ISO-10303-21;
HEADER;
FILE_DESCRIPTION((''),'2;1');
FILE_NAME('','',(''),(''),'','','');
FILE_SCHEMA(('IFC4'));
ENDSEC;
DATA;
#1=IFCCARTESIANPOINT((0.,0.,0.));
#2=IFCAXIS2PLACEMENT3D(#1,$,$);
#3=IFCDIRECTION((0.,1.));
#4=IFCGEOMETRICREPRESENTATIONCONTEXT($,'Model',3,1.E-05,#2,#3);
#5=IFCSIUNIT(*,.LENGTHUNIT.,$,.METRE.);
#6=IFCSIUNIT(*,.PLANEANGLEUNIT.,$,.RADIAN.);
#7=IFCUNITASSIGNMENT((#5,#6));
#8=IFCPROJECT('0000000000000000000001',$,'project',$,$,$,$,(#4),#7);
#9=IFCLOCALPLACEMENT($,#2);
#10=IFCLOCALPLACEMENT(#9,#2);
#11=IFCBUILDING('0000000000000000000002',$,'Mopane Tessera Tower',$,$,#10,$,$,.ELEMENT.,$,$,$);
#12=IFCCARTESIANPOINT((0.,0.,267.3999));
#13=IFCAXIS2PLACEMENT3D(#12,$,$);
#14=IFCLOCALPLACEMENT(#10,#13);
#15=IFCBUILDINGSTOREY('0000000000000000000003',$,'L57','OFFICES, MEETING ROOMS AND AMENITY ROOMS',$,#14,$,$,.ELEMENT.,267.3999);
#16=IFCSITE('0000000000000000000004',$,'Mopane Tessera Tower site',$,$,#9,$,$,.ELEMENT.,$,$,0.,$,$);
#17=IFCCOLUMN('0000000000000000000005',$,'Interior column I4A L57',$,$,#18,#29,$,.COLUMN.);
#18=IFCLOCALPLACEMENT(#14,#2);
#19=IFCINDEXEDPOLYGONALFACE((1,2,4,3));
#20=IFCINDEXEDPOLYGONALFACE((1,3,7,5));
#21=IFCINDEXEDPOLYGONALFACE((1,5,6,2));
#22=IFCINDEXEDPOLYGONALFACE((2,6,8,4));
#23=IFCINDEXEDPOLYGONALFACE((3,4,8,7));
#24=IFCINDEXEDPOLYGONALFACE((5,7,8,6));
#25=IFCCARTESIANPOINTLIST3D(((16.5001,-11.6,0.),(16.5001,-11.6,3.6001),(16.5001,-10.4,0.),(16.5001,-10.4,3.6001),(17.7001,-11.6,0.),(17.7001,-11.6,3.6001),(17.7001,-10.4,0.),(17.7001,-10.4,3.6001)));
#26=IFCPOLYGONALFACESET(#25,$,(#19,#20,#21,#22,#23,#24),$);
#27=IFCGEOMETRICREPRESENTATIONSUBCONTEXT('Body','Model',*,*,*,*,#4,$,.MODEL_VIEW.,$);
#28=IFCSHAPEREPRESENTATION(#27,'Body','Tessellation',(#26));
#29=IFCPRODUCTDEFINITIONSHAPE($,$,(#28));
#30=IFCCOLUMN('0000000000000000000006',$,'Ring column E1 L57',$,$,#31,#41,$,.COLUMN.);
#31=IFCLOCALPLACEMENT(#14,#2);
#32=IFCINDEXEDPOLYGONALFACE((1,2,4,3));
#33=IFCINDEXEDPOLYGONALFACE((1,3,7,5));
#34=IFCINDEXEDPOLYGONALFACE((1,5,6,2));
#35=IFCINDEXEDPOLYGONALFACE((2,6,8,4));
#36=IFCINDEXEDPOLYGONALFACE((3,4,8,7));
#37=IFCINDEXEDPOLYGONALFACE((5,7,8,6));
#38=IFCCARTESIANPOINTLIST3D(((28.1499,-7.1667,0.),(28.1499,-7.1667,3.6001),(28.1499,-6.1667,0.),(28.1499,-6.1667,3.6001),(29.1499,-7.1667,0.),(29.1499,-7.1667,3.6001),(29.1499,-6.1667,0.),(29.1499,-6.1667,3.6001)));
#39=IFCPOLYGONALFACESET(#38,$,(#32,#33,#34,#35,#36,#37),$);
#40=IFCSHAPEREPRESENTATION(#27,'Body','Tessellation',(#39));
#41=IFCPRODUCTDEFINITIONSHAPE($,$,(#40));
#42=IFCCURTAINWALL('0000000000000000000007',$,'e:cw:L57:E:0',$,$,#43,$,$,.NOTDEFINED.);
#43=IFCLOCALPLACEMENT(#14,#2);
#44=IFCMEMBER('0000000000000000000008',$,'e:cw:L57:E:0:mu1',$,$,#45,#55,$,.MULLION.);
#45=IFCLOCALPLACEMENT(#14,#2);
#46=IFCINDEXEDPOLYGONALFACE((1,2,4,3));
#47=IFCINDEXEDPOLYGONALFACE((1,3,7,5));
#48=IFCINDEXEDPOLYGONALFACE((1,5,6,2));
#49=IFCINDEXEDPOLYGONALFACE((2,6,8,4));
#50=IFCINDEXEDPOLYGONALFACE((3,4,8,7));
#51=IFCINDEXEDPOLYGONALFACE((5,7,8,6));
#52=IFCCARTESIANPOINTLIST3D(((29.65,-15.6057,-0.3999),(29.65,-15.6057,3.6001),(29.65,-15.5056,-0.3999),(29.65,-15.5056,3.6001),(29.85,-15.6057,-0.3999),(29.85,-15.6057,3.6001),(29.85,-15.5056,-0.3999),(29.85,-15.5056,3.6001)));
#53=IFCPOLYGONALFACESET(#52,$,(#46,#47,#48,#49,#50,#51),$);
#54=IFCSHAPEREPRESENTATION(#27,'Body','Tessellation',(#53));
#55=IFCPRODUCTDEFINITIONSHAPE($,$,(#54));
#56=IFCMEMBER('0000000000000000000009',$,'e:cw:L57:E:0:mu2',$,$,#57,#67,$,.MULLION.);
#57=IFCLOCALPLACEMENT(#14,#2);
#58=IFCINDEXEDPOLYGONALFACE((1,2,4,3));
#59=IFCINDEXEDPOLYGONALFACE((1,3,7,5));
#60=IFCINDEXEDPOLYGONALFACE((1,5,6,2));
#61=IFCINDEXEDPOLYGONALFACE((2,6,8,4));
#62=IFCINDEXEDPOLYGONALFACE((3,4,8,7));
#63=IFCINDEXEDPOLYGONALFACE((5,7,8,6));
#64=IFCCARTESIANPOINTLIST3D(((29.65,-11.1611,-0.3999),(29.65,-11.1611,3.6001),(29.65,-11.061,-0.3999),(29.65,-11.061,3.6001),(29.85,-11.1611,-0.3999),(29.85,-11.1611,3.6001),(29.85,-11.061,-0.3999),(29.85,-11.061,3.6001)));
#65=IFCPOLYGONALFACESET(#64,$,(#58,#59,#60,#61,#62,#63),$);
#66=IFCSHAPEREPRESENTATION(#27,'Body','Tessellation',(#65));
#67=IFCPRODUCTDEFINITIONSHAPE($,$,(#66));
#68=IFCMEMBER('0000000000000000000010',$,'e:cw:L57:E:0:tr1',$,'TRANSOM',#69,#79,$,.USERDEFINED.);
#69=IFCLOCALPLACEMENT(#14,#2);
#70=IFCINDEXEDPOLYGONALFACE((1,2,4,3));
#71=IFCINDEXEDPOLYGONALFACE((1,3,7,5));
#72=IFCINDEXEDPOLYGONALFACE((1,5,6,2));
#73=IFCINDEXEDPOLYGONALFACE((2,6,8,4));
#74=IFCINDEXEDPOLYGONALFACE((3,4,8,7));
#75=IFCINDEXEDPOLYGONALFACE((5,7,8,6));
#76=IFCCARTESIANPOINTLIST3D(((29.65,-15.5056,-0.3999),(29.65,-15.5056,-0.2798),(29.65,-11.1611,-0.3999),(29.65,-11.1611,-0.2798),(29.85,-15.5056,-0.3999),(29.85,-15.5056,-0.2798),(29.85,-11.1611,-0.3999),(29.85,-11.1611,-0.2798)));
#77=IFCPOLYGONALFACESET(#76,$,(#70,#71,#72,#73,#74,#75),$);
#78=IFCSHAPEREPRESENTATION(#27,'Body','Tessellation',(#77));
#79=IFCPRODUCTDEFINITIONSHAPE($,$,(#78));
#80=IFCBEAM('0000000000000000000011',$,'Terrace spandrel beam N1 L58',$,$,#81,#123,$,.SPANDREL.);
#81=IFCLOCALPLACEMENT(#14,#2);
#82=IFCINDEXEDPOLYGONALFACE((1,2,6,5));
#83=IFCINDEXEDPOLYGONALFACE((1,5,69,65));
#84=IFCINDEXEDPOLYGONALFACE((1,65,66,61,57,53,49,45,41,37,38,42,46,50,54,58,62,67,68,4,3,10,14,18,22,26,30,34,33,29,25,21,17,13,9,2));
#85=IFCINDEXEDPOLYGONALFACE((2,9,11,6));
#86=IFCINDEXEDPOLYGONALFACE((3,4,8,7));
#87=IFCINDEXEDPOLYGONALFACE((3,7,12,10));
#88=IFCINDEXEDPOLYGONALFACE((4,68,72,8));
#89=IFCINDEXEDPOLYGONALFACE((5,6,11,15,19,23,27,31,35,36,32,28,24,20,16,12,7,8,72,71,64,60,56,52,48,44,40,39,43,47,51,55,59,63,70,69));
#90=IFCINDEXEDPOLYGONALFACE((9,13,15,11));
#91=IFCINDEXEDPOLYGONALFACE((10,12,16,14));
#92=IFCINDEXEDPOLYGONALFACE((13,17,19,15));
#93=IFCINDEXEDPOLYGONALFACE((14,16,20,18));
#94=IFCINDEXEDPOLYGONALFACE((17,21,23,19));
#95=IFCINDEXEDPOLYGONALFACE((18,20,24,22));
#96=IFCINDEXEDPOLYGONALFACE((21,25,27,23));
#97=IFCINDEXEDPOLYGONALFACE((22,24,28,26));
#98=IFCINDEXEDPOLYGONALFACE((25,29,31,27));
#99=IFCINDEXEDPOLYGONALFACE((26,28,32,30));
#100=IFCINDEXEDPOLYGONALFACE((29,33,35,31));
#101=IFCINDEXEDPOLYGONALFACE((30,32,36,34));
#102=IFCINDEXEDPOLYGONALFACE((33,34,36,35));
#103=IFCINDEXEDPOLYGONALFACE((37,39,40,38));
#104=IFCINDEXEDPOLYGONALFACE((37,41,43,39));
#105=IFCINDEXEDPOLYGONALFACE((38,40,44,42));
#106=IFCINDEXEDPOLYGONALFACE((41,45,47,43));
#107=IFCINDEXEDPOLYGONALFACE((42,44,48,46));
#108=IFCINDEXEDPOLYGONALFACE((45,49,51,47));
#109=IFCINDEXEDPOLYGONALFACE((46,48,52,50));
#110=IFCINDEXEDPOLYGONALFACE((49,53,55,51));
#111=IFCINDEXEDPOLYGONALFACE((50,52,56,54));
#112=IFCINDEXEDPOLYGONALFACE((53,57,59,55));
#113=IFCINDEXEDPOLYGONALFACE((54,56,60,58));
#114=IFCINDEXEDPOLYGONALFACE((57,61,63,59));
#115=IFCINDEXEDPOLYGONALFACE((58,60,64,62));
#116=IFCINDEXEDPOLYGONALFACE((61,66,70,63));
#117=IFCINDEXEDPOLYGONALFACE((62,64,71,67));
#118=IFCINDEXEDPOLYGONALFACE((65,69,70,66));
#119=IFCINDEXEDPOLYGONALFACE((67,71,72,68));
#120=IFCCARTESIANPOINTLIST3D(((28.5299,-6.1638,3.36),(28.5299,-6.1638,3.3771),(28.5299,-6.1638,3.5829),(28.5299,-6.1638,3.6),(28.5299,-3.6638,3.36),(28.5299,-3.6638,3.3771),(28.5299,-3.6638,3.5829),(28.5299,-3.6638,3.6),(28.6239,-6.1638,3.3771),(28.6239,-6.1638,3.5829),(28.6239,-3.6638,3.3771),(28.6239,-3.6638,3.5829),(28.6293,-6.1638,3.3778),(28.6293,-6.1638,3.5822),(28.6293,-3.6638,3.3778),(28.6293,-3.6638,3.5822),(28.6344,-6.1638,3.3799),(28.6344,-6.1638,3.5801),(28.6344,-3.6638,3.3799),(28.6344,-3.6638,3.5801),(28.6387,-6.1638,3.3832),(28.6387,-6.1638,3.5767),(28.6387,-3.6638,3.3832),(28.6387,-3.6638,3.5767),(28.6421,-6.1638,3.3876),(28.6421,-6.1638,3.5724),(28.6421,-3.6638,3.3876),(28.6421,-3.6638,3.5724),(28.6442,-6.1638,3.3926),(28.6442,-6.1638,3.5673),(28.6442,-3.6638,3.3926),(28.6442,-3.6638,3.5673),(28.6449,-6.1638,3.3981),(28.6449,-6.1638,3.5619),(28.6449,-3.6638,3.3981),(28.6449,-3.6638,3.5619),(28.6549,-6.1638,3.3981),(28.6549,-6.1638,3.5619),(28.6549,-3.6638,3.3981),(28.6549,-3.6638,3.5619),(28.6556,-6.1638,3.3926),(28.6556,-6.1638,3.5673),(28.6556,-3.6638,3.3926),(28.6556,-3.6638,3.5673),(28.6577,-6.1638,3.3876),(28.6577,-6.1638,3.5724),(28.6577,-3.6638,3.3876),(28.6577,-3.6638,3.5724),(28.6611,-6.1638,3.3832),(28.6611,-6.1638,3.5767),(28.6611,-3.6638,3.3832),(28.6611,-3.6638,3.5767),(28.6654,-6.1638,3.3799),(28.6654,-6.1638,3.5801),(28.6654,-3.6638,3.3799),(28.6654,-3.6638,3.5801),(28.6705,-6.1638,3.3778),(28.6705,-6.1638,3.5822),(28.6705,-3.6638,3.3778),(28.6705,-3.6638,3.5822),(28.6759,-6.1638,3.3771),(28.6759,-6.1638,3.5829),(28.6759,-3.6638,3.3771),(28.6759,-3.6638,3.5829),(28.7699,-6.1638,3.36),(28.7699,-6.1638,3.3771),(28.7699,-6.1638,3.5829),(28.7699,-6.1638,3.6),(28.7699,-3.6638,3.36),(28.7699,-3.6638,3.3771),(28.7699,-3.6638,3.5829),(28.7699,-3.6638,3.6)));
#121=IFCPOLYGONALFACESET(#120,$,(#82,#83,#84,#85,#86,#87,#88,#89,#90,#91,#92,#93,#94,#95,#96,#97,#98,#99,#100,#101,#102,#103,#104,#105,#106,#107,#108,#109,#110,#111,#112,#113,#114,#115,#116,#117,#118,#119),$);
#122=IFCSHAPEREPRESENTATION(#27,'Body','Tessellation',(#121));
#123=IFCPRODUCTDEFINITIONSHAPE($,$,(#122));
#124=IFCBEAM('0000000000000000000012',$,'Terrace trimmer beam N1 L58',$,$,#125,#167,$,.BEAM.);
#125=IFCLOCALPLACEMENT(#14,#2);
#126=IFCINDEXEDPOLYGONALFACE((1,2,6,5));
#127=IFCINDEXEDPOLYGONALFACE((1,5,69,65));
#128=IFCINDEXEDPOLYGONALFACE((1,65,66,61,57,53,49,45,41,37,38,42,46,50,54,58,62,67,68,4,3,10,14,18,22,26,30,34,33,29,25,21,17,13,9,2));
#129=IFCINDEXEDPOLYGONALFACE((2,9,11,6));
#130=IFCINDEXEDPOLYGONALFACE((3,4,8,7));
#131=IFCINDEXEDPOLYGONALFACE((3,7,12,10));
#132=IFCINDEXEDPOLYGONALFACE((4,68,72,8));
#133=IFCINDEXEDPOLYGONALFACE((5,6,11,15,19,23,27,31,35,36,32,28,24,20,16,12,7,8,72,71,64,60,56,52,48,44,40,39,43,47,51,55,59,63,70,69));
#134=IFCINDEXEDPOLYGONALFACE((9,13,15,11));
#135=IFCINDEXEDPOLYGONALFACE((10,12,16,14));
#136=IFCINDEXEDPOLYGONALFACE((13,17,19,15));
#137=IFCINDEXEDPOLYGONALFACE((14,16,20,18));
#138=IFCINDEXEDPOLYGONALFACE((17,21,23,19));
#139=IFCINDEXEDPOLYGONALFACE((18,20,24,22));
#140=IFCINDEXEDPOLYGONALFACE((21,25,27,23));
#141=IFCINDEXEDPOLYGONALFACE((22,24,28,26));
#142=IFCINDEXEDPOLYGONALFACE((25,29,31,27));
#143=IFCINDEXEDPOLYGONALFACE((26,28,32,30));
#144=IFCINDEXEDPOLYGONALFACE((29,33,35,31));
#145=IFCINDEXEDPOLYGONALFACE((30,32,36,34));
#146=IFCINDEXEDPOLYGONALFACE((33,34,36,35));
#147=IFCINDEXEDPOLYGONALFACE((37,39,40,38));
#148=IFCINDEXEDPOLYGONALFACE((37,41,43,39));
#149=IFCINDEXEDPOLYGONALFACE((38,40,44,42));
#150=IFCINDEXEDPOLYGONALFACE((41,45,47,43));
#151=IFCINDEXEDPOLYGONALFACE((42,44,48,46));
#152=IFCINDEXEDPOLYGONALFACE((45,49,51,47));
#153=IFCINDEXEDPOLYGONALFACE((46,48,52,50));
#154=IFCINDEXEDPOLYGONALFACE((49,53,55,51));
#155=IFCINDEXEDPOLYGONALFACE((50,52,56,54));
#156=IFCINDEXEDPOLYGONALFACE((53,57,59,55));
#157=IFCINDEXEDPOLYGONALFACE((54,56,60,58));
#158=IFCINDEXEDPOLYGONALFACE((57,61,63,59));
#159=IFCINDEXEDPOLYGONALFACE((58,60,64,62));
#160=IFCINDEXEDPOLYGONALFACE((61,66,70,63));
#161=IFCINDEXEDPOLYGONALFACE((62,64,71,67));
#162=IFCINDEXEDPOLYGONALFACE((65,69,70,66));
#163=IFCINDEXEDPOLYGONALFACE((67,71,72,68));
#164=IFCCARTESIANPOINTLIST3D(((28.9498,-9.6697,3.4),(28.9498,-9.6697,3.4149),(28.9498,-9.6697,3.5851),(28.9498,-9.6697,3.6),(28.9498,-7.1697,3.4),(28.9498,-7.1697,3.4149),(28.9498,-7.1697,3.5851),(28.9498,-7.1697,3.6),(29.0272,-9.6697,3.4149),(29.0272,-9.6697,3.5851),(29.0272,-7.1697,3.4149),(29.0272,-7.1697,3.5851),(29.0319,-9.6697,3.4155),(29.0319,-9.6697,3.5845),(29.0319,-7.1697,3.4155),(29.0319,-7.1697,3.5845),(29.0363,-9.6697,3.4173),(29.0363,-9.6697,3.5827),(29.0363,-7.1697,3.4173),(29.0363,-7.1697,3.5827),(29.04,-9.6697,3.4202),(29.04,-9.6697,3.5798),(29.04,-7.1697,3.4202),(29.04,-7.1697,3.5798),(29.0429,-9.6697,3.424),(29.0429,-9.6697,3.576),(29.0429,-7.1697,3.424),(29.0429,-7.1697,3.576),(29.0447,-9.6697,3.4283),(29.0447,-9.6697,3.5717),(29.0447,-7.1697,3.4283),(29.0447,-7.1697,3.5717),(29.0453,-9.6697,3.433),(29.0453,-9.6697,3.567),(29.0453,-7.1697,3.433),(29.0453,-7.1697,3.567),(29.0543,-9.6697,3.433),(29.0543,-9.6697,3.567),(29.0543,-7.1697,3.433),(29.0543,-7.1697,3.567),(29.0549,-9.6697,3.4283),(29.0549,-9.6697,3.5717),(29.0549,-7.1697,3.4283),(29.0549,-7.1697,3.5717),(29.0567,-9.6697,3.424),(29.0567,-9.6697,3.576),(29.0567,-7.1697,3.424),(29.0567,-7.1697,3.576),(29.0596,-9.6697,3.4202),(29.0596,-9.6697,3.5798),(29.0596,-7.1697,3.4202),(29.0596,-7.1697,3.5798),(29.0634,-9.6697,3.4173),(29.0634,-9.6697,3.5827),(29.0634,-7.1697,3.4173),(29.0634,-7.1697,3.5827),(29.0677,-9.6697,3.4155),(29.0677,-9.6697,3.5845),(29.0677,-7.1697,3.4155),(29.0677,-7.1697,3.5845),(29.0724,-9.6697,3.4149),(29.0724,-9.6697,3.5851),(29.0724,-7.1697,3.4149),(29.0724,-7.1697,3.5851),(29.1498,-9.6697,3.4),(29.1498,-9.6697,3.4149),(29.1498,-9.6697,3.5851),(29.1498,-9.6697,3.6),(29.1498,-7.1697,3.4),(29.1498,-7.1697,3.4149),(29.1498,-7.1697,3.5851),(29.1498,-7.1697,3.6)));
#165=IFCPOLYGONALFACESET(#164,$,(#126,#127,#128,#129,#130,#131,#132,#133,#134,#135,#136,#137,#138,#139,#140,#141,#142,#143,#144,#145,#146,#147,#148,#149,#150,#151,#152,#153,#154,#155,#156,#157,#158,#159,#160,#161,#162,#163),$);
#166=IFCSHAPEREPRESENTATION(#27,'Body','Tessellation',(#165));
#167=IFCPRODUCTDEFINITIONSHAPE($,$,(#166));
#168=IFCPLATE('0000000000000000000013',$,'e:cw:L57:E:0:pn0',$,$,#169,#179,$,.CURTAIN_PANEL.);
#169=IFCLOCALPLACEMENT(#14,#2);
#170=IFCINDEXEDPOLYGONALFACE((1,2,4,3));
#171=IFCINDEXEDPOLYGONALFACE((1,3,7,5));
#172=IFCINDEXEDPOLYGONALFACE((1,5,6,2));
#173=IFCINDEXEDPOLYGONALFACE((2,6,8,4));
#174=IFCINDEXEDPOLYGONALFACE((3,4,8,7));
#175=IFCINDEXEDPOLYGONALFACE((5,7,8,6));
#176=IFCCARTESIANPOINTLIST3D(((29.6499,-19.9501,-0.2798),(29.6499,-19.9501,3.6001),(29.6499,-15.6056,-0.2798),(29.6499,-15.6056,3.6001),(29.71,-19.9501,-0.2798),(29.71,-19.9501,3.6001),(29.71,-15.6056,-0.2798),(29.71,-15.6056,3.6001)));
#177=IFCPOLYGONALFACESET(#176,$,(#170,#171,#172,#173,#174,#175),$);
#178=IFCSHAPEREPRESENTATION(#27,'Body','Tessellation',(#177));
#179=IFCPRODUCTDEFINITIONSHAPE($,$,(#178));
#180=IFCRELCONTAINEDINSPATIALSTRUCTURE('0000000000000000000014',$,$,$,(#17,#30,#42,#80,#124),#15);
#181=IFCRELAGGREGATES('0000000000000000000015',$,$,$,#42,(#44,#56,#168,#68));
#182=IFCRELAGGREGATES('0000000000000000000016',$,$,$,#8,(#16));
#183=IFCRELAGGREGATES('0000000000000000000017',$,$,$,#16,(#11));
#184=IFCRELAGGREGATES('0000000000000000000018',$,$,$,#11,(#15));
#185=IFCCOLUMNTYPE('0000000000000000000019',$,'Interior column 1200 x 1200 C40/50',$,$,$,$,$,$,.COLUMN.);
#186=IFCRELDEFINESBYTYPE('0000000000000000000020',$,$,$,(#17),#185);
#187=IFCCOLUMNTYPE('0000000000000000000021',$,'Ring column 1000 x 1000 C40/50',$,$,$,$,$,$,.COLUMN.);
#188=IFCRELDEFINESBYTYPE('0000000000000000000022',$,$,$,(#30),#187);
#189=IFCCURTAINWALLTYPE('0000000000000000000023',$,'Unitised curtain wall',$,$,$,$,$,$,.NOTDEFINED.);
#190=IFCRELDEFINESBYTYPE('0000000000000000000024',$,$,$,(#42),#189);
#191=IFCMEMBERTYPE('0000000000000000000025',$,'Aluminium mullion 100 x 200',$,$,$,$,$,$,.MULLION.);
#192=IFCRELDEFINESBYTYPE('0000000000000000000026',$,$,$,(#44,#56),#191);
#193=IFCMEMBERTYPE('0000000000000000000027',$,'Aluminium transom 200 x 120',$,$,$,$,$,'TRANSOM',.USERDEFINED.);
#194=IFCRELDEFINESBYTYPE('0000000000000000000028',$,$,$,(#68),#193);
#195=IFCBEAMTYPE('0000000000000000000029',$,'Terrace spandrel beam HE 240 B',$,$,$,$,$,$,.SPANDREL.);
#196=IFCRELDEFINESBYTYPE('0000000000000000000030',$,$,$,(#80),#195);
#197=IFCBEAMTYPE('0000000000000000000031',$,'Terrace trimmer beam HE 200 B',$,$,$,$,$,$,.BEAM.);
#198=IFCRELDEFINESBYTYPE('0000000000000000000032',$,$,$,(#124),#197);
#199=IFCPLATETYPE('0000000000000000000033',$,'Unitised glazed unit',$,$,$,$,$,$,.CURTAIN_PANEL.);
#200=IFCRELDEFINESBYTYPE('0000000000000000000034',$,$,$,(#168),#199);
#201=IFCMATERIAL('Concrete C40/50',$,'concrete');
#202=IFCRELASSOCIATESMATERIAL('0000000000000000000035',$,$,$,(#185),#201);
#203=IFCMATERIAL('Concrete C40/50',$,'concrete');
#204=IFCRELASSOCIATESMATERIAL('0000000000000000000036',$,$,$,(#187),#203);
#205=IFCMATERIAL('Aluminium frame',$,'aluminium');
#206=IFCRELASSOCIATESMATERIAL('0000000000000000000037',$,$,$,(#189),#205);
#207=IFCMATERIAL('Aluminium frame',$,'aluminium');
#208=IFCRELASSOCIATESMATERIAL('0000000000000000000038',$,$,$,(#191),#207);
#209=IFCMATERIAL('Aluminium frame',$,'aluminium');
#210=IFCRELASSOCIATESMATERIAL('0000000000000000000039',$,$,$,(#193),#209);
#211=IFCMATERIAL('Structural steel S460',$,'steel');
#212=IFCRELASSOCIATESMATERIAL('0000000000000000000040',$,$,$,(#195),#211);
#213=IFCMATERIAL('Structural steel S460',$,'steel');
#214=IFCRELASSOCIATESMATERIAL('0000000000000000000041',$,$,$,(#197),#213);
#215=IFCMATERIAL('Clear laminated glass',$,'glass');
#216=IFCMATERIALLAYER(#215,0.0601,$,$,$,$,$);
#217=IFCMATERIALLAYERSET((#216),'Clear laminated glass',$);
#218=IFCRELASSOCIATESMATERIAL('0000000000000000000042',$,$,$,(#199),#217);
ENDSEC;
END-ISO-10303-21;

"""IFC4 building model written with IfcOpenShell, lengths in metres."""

from ifc_helpers import new_model, si_unit, direction, frame, origin, origin_2d, place, context, subcontext, project, spatial, rectangle, i_section, extrude, material, layer, layer_set, material_profile, profile_set, type_object, element, aggregate, save


model = new_model("IFC4")

# Units and contexts
model_context = context("Model", 3, precision=1e-05, world=origin(), true_north=direction((0.0, 1.0)))
body_context = subcontext(model_context, "Body", "Model", "MODEL_VIEW")
ifc_project = project(units=[si_unit("LENGTHUNIT", "METRE"), si_unit("PLANEANGLEUNIT", "RADIAN")], contexts=[model_context])

# Site, building, storey
site_placement = place(None, origin())
site = spatial("IfcSite", under=ifc_project, at=site_placement, Name="Mopane Tessera Tower site", CompositionType="ELEMENT", RefElevation=0.0)
building_placement = place(site_placement, origin())
building = spatial("IfcBuilding", under=site, at=building_placement, Name="Mopane Tessera Tower", CompositionType="ELEMENT")
storey_placement = place(building_placement, frame((0.0, 0.0, 267.3999)))
storey = spatial("IfcBuildingStorey", under=building, at=storey_placement, Name="L57", Description="OFFICES, MEETING ROOMS AND AMENITY ROOMS", CompositionType="ELEMENT", Elevation=267.3999)

# Columns
ifc_material_1 = material(Name="Concrete C40/50", Category="concrete")
ifc_material_profile_1 = material_profile(ifc_material_1, rectangle(XDim=1.2, YDim=1.2, at=origin_2d()))
ifc_profile_set_1 = profile_set([ifc_material_profile_1], Name="Concrete C40/50")
column_type_1 = type_object("IfcColumnType", Name="Interior column 1200 x 1200 C40/50", PredefinedType="COLUMN", material=ifc_profile_set_1)
column_1_placement = place(storey_placement, frame((17.1001, -11.0, 0.0), z_axis=(0.0, 0.0, 1.0), x_axis=(1.0, 0.0, 0.0)))
element("IfcColumn", 1, at=column_1_placement, inside=storey, type_object=column_type_1, Name="Interior column I4A L57", PredefinedType="COLUMN", context=body_context, shape_type="SweptSolid", body=[
    extrude(rectangle(XDim=1.2, YDim=1.2, at=origin_2d()), origin(), (0.0, 0.0, 1.0), 3.6001),
])
ifc_material_2 = material(Name="Concrete C40/50", Category="concrete")
ifc_material_profile_2 = material_profile(ifc_material_2, rectangle(XDim=1.0, YDim=1.0, at=origin_2d()))
ifc_profile_set_2 = profile_set([ifc_material_profile_2], Name="Concrete C40/50")
column_type_2 = type_object("IfcColumnType", Name="Ring column 1000 x 1000 C40/50", PredefinedType="COLUMN", material=ifc_profile_set_2)
column_2_placement = place(storey_placement, frame((28.6499, -6.6667, 0.0), z_axis=(0.0, 0.0, 1.0), x_axis=(1.0, 0.0, 0.0)))
element("IfcColumn", 2, at=column_2_placement, inside=storey, type_object=column_type_2, Name="Ring column E1 L57", PredefinedType="COLUMN", context=body_context, shape_type="SweptSolid", body=[
    extrude(rectangle(XDim=1.0, YDim=1.0, at=origin_2d()), origin(), (0.0, 0.0, 1.0), 3.6001),
])

# Curtain wall, members
ifc_material_3 = material(Name="Aluminium frame", Category="aluminium")
curtain_wall_type = type_object("IfcCurtainWallType", Name="Unitised curtain wall", PredefinedType="NOTDEFINED", material=ifc_material_3)
curtain_wall_placement = place(storey_placement, origin())
curtain_wall = element("IfcCurtainWall", 3, at=curtain_wall_placement, inside=storey, type_object=curtain_wall_type, Name="e:cw:L57:E:0", PredefinedType="NOTDEFINED")
ifc_material_4 = material(Name="Aluminium frame", Category="aluminium")
ifc_material_profile_3 = material_profile(ifc_material_4, rectangle(XDim=0.1001, YDim=0.2, at=origin_2d()))
ifc_profile_set_3 = profile_set([ifc_material_profile_3], Name="Aluminium frame")
member_type_1 = type_object("IfcMemberType", Name="Aluminium mullion 100 x 200", PredefinedType="MULLION", material=ifc_profile_set_3)
member_1_placement = place(storey_placement, frame((29.75, -15.5557, -0.3999), z_axis=(0.0, 0.0, 1.0), x_axis=(0.0, 1.0, 0.0)))
member_1 = element("IfcMember", 4, at=member_1_placement, type_object=member_type_1, Name="e:cw:L57:E:0:mu1", PredefinedType="MULLION", context=body_context, shape_type="SweptSolid", body=[
    extrude(rectangle(XDim=0.1001, YDim=0.2, at=origin_2d()), origin(), (0.0, 0.0, 1.0), 4.0),
])
member_2_placement = place(storey_placement, frame((29.75, -11.1111, -0.3999), z_axis=(0.0, 0.0, 1.0), x_axis=(0.0, 1.0, 0.0)))
member_2 = element("IfcMember", 5, at=member_2_placement, type_object=member_type_1, Name="e:cw:L57:E:0:mu2", PredefinedType="MULLION", context=body_context, shape_type="SweptSolid", body=[
    extrude(rectangle(XDim=0.1001, YDim=0.2, at=origin_2d()), origin(), (0.0, 0.0, 1.0), 4.0),
])
ifc_material_5 = material(Name="Aluminium frame", Category="aluminium")
ifc_material_profile_4 = material_profile(ifc_material_5, rectangle(XDim=0.2, YDim=0.1201, at=origin_2d()))
ifc_profile_set_4 = profile_set([ifc_material_profile_4], Name="Aluminium frame")
member_type_2 = type_object("IfcMemberType", Name="Aluminium transom 200 x 120", ElementType="TRANSOM", PredefinedType="USERDEFINED", material=ifc_profile_set_4)
member_3_placement = place(storey_placement, frame((29.75, -15.5056, -0.3398), z_axis=(0.0, 1.0, 0.0), x_axis=(-1.0, 0.0, 0.0)))
member_3 = element("IfcMember", 6, at=member_3_placement, type_object=member_type_2, Name="e:cw:L57:E:0:tr1", ObjectType="TRANSOM", PredefinedType="USERDEFINED", context=body_context, shape_type="SweptSolid", body=[
    extrude(rectangle(XDim=0.2, YDim=0.1201, at=origin_2d()), origin(), (0.0, 0.0, 1.0), 4.3445),
])

# Beams
ifc_material_6 = material(Name="Structural steel S460", Category="steel")
ifc_material_profile_5 = material_profile(ifc_material_6, i_section(OverallWidth=0.24, OverallDepth=0.24, WebThickness=0.01, FlangeThickness=0.0171, FilletRadius=0.021, at=origin_2d()))
ifc_profile_set_5 = profile_set([ifc_material_profile_5], Name="Structural steel S460")
beam_type_1 = type_object("IfcBeamType", Name="Terrace spandrel beam HE 240 B", PredefinedType="SPANDREL", material=ifc_profile_set_5)
beam_1_placement = place(storey_placement, frame((28.6499, -6.1638, 3.48), z_axis=(0.0, 1.0, 0.0), x_axis=(-1.0, 0.0, 0.0)))
element("IfcBeam", 7, at=beam_1_placement, inside=storey, type_object=beam_type_1, Name="Terrace spandrel beam N1 L58", PredefinedType="SPANDREL", context=body_context, shape_type="SweptSolid", body=[
    extrude(i_section(OverallWidth=0.24, OverallDepth=0.24, WebThickness=0.01, FlangeThickness=0.0171, FilletRadius=0.021, at=origin_2d()), origin(), (0.0, 0.0, 1.0), 2.5),
])
ifc_material_7 = material(Name="Structural steel S460", Category="steel")
ifc_material_profile_6 = material_profile(ifc_material_7, i_section(OverallWidth=0.2, OverallDepth=0.2, WebThickness=0.009, FlangeThickness=0.0149, FilletRadius=0.0181, at=origin_2d()))
ifc_profile_set_6 = profile_set([ifc_material_profile_6], Name="Structural steel S460")
beam_type_2 = type_object("IfcBeamType", Name="Terrace trimmer beam HE 200 B", PredefinedType="BEAM", material=ifc_profile_set_6)
beam_2_placement = place(storey_placement, frame((29.0498, -7.1697, 3.5), z_axis=(0.0, -1.0, 0.0), x_axis=(1.0, 0.0, 0.0)))
element("IfcBeam", 8, at=beam_2_placement, inside=storey, type_object=beam_type_2, Name="Terrace trimmer beam N1 L58", PredefinedType="BEAM", context=body_context, shape_type="SweptSolid", body=[
    extrude(i_section(OverallWidth=0.2, OverallDepth=0.2, WebThickness=0.009, FlangeThickness=0.0149, FilletRadius=0.0181, at=origin_2d()), origin(), (0.0, 0.0, 1.0), 2.5),
])

# Plate
ifc_material_8 = material(Name="Clear laminated glass", Category="glass")
ifc_layer_1 = layer(ifc_material_8, 0.0601)
ifc_layer_set_1 = layer_set([ifc_layer_1], Name="Clear laminated glass")
plate_type = type_object("IfcPlateType", Name="Unitised glazed unit", PredefinedType="CURTAIN_PANEL", material=ifc_layer_set_1)
plate_1_placement = place(storey_placement, frame((29.6799, -17.7778, -0.2798), z_axis=(0.0, 0.0, 1.0), x_axis=(0.0, 1.0, 0.0)))
plate_1 = element("IfcPlate", 9, at=plate_1_placement, type_object=plate_type, Name="e:cw:L57:E:0:pn0", PredefinedType="CURTAIN_PANEL", context=body_context, shape_type="SweptSolid", body=[
    extrude(rectangle(XDim=4.3445, YDim=0.0601, at=origin_2d()), origin(), (0.0, 0.0, 1.0), 3.8799),
])
aggregate(curtain_wall, [member_1, member_2, plate_1, member_3])

save(model, "model.ifc")
